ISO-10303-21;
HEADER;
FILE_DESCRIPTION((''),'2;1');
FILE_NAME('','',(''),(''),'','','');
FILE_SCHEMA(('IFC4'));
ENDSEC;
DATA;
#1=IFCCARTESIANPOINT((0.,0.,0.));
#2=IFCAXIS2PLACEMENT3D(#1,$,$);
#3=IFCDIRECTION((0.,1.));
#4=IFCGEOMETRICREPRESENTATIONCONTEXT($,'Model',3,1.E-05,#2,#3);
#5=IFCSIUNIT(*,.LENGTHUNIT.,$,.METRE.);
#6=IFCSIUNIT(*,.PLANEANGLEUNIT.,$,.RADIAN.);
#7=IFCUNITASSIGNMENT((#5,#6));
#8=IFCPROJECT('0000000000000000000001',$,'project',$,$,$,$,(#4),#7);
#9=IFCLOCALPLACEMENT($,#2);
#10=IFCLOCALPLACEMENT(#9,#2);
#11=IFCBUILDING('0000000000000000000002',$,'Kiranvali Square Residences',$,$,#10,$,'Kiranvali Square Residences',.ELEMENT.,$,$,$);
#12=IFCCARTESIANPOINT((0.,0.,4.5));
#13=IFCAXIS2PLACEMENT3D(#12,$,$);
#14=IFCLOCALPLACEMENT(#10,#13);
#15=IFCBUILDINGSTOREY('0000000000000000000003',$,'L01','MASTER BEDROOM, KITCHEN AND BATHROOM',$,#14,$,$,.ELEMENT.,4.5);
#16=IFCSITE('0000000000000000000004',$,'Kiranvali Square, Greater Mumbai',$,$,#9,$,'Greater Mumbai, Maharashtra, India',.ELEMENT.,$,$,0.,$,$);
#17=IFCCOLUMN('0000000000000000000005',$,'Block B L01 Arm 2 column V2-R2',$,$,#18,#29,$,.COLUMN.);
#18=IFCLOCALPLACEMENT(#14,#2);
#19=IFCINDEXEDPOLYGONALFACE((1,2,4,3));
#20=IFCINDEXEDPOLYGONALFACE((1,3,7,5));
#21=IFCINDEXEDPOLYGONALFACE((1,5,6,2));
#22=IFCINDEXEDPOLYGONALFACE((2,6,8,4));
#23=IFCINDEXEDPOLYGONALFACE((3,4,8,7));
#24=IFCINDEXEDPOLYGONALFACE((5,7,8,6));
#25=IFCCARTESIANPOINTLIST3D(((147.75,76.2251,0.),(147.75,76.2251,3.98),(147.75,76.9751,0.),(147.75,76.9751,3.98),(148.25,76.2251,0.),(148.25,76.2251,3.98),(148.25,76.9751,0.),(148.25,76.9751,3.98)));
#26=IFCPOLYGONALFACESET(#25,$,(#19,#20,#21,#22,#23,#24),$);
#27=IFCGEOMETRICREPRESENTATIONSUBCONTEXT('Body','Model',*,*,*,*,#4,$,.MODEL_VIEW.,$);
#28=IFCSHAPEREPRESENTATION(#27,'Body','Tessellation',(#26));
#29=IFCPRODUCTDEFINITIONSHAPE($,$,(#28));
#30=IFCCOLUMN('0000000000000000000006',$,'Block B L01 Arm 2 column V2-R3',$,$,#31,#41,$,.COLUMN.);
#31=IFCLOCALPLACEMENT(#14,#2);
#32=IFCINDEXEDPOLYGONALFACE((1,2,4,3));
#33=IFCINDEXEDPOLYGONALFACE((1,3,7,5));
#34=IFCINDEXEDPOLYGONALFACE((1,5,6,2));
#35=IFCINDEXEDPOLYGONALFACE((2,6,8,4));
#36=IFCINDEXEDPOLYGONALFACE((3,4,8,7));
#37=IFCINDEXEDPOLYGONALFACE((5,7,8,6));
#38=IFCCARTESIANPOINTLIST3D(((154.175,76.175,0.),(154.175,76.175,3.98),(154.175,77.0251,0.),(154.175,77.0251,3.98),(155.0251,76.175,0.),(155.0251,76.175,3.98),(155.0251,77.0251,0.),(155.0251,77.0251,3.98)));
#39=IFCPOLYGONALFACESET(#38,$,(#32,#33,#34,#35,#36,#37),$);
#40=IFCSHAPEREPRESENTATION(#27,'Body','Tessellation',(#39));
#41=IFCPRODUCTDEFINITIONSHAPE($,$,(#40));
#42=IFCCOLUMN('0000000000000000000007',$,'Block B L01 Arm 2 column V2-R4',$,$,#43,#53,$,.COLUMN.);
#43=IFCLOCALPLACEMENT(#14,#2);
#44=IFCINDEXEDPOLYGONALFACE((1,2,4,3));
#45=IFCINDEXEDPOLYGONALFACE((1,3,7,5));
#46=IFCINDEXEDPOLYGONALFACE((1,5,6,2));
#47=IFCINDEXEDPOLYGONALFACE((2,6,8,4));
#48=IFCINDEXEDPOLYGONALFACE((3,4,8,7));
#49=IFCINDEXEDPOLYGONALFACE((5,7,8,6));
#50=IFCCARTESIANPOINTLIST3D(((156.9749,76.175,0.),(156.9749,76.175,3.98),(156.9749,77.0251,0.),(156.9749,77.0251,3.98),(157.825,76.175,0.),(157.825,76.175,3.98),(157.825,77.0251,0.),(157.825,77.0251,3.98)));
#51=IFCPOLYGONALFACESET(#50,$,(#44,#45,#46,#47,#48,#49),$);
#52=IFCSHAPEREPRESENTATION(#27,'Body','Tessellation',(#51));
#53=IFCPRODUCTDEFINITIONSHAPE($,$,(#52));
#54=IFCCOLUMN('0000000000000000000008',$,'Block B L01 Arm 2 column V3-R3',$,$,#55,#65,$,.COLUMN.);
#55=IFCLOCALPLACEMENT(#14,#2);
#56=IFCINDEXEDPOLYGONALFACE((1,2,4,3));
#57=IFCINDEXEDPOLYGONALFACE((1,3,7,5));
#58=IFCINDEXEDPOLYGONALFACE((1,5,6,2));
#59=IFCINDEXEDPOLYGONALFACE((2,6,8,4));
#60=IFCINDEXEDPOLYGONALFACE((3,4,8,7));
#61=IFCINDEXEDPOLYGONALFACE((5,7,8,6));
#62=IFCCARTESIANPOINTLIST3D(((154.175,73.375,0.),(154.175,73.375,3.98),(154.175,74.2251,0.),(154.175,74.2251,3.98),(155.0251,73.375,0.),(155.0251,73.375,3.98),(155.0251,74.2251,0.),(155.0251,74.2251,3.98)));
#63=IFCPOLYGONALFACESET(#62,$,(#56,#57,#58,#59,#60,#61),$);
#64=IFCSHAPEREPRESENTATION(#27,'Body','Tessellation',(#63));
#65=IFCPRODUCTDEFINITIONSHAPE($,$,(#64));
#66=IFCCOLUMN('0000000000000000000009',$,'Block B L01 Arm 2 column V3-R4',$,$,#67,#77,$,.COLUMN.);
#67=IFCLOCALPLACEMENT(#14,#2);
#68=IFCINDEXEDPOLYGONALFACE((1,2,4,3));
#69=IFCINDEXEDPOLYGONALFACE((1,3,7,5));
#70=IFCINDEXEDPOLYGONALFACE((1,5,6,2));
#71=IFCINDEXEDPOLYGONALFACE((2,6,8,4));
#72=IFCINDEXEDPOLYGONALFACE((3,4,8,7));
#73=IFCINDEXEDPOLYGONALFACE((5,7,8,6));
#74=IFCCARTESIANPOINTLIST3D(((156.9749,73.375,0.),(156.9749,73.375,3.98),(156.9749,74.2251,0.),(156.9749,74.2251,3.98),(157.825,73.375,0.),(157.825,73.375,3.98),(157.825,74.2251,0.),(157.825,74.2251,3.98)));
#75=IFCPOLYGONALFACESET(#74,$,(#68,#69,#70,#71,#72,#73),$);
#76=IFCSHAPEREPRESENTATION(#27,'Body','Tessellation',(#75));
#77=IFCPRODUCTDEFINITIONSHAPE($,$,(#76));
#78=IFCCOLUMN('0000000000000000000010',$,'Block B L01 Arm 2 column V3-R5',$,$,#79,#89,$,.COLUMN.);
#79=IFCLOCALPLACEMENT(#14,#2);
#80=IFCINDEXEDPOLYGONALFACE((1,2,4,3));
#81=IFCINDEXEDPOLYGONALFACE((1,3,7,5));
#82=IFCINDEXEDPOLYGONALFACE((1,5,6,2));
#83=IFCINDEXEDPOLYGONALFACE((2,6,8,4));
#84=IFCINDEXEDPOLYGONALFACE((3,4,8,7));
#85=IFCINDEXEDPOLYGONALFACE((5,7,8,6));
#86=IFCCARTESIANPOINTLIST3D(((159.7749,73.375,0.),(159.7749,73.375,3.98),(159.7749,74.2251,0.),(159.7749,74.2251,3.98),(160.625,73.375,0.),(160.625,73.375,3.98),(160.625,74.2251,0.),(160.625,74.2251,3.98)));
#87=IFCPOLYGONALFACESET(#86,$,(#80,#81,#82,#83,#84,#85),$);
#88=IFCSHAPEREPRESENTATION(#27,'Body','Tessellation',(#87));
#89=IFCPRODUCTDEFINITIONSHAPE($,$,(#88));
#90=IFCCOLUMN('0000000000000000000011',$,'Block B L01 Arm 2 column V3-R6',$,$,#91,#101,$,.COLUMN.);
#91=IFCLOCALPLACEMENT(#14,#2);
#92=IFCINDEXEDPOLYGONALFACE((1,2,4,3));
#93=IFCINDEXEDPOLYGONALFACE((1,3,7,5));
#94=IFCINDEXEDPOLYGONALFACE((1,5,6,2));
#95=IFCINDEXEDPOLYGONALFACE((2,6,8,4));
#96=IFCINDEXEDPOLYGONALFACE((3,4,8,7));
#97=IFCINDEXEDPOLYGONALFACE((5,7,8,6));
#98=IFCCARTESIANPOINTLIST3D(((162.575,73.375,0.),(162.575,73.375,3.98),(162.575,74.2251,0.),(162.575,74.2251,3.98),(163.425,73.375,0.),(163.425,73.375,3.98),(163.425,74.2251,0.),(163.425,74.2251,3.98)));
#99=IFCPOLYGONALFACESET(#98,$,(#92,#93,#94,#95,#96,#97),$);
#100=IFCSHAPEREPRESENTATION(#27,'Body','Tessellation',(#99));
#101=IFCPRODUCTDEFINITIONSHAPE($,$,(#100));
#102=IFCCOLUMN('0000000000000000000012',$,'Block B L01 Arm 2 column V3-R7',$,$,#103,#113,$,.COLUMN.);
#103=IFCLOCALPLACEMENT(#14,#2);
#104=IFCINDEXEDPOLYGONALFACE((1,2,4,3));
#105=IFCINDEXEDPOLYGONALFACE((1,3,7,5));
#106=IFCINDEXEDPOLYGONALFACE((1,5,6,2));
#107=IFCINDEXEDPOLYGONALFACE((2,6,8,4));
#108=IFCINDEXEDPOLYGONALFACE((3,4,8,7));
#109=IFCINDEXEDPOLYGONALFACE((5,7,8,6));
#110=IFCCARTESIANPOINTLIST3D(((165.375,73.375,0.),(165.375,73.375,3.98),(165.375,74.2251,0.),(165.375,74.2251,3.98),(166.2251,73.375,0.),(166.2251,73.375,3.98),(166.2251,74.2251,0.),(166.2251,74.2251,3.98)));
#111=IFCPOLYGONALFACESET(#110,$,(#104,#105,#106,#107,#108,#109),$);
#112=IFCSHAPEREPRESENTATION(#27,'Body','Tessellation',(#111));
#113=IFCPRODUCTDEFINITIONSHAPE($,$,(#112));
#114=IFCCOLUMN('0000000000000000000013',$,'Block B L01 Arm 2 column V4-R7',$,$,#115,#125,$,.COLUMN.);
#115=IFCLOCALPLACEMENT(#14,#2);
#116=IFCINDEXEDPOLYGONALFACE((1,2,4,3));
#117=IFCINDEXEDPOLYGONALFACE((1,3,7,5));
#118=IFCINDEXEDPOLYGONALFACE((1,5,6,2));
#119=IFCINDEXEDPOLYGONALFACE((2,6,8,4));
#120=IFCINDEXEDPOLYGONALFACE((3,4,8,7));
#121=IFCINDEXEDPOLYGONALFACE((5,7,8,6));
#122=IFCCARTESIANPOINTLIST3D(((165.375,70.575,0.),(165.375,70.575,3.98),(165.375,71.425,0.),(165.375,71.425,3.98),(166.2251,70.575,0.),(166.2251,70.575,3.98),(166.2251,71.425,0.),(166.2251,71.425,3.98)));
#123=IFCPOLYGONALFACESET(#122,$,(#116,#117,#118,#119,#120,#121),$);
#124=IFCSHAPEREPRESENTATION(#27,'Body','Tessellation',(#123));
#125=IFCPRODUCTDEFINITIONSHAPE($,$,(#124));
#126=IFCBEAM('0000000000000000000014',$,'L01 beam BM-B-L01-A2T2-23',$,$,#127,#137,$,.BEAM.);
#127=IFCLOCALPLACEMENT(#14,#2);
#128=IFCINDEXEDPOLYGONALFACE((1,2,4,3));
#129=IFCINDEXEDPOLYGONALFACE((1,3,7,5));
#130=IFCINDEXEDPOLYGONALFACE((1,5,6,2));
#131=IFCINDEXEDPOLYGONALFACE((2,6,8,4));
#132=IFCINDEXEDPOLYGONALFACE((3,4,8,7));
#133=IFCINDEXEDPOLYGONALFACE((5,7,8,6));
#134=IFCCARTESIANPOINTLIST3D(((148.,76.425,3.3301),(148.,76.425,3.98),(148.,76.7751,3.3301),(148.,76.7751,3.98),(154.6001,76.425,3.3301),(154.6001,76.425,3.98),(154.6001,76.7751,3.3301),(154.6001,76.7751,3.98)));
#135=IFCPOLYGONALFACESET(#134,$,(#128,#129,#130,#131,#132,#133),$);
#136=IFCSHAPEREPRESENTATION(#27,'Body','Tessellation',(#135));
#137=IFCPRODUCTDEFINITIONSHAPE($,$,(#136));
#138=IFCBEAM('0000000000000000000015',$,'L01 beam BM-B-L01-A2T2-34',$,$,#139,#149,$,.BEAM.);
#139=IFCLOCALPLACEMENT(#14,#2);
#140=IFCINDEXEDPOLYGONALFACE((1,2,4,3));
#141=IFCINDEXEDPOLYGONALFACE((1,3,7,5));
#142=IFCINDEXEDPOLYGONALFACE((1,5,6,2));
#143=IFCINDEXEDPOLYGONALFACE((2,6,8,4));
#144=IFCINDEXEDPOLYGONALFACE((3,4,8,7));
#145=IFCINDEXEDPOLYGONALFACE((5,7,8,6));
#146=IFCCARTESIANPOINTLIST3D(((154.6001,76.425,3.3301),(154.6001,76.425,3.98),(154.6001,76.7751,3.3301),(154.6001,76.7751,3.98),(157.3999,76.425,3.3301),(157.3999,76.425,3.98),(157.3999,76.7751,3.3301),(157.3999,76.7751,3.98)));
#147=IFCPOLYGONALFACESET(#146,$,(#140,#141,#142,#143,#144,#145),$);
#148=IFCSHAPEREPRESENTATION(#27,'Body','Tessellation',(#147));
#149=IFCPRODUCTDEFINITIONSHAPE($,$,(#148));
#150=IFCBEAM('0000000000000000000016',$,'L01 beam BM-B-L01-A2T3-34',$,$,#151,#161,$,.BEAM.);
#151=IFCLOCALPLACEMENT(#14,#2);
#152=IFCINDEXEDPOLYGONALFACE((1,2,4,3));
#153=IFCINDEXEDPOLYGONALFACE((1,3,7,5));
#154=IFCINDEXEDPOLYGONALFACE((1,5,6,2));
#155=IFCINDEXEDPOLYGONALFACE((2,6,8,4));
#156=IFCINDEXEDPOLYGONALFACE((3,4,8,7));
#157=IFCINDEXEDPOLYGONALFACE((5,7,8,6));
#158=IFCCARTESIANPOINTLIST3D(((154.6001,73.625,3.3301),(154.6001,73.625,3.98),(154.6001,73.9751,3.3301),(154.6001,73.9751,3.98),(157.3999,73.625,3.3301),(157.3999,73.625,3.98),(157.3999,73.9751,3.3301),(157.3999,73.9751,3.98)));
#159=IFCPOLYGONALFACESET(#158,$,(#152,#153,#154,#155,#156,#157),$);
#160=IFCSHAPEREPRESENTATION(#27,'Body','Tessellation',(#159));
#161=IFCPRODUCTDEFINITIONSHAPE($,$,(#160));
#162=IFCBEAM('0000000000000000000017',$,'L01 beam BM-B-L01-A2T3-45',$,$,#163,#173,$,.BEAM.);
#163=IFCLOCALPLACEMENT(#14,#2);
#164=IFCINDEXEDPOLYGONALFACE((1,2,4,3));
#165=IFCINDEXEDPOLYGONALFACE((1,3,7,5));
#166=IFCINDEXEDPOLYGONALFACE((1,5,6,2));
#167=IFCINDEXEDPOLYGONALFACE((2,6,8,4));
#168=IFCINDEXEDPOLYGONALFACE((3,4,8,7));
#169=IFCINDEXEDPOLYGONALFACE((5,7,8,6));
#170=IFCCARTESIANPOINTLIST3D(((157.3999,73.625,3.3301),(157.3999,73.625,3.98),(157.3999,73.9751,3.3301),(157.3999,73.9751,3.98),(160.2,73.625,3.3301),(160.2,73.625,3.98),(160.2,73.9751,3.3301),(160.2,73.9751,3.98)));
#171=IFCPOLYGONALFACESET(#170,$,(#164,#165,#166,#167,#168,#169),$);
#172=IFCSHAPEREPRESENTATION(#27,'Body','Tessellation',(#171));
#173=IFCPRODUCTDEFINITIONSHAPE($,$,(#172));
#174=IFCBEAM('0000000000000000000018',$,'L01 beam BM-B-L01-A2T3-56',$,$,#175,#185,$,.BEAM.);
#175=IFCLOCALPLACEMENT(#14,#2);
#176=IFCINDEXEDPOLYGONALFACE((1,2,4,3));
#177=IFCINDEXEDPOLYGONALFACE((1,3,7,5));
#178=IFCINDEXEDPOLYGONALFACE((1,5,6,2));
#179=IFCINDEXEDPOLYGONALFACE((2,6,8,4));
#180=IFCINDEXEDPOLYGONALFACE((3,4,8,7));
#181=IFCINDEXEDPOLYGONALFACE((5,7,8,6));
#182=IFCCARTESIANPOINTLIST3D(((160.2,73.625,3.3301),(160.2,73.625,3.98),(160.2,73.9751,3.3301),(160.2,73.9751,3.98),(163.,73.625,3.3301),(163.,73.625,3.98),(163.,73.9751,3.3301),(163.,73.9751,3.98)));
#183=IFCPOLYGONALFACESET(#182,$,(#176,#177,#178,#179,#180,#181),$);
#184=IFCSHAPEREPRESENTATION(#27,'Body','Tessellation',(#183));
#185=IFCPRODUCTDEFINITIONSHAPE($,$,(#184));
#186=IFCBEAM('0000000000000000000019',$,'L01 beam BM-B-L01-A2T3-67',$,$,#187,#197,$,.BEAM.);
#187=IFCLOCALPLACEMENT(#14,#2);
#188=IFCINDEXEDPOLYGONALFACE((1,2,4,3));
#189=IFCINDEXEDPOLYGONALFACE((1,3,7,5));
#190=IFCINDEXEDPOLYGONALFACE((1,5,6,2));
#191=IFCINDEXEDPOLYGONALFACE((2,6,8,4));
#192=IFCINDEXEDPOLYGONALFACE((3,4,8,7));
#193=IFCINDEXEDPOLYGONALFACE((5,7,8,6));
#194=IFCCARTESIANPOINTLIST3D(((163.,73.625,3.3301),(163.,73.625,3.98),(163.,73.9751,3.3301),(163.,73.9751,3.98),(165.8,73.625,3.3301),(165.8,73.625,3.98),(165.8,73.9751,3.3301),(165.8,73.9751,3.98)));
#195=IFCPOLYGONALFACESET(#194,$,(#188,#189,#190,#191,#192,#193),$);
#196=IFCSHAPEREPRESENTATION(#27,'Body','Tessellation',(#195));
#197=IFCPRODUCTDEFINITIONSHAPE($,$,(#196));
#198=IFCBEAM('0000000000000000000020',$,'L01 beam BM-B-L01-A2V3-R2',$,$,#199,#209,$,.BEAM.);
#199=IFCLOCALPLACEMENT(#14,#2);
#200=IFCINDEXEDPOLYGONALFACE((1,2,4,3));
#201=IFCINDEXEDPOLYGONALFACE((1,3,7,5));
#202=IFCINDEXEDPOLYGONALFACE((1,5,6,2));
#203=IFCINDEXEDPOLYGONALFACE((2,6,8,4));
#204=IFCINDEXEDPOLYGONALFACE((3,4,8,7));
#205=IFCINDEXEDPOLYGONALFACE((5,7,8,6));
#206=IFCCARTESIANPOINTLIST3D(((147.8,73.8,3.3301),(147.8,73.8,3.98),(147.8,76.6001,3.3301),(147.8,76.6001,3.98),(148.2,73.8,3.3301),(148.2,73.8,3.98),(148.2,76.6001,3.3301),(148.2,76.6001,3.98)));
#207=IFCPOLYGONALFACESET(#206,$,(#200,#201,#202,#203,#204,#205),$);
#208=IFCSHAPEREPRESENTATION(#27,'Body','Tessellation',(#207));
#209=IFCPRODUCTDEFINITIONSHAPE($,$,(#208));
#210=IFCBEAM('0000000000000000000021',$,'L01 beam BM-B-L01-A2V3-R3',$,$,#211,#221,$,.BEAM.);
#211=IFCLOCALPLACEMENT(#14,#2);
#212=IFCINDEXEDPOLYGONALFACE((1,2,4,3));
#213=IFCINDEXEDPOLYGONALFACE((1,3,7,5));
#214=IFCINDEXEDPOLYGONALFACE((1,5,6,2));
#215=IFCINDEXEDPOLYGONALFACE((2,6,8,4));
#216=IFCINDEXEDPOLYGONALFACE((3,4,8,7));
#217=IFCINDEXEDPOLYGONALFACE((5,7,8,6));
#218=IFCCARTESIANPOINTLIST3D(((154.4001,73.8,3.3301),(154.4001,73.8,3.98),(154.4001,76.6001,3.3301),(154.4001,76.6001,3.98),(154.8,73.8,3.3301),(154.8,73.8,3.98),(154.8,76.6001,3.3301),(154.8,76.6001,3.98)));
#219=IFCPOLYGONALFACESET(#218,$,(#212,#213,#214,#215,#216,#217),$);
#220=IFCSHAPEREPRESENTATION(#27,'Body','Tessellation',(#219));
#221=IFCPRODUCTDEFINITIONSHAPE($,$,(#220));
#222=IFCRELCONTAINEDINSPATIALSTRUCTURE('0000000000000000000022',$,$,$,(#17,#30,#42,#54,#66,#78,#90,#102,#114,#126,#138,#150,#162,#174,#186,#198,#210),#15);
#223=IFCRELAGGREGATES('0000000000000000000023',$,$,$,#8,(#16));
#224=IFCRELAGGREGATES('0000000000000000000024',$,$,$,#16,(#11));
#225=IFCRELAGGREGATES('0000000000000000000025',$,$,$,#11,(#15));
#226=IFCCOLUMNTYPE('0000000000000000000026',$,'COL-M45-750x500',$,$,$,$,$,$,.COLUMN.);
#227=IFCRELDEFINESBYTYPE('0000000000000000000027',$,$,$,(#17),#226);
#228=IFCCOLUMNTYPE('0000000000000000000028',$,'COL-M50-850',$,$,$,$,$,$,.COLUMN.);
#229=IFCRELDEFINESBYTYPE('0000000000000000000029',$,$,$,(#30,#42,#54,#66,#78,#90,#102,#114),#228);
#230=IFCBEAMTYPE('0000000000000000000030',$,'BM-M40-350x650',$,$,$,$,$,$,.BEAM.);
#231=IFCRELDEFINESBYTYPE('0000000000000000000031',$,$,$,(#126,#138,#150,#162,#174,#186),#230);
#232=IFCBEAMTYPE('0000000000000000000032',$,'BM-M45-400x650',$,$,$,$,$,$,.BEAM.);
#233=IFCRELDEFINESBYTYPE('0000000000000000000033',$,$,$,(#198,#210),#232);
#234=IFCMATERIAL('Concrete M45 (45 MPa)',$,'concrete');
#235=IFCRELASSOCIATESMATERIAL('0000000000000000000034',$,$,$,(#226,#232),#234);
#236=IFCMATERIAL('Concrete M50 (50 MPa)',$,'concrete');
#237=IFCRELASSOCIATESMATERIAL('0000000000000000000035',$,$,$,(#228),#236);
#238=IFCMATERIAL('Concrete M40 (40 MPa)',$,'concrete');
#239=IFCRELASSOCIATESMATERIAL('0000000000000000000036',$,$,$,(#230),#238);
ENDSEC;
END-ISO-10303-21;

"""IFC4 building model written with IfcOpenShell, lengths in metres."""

from ifc_helpers import new_model, si_unit, direction, frame, origin, origin_2d, place, context, subcontext, project, spatial, rectangle, extrude, material, material_profile, profile_set, type_object, element, save


model = new_model("IFC4")

# Units and contexts
model_context = context("Model", 3, precision=1e-05, world=origin(), true_north=direction((0.0, 1.0)))
body_context = subcontext(model_context, "Body", "Model", "MODEL_VIEW")
ifc_project = project(units=[si_unit("LENGTHUNIT", "METRE"), si_unit("PLANEANGLEUNIT", "RADIAN")], contexts=[model_context])

# Site, building, storey
site_placement = place(None, origin())
site = spatial("IfcSite", under=ifc_project, at=site_placement, Name="Kiranvali Square, Greater Mumbai", LongName="Greater Mumbai, Maharashtra, India", CompositionType="ELEMENT", RefElevation=0.0)
building_placement = place(site_placement, origin())
building = spatial("IfcBuilding", under=site, at=building_placement, Name="Kiranvali Square Residences", LongName="Kiranvali Square Residences", CompositionType="ELEMENT")
storey_placement = place(building_placement, frame((0.0, 0.0, 4.5)))
storey = spatial("IfcBuildingStorey", under=building, at=storey_placement, Name="L01", Description="MASTER BEDROOM, KITCHEN AND BATHROOM", CompositionType="ELEMENT", Elevation=4.5)

# Columns
ifc_material_1 = material(Name="Concrete M45 (45 MPa)", Category="concrete")
ifc_material_profile_1 = material_profile(ifc_material_1, rectangle(XDim=0.5, YDim=0.75, at=origin_2d()), Name="RC 750x500")
ifc_profile_set_1 = profile_set([ifc_material_profile_1], Name="Concrete M45 (45 MPa)")
column_type_1 = type_object("IfcColumnType", Name="COL-M45-750x500", PredefinedType="COLUMN", material=ifc_profile_set_1)
column_placement = place(storey_placement, frame((148.0, 76.6001, 0.0), z_axis=(0.0, 0.0, 1.0), x_axis=(1.0, 0.0, 0.0)))
element("IfcColumn", 1, at=column_placement, inside=storey, type_object=column_type_1, Name="Block B L01 Arm 2 column V2-R2", PredefinedType="COLUMN", context=body_context, shape_type="SweptSolid", body=[
    extrude(rectangle(XDim=0.5, YDim=0.75, at=origin_2d()), origin(), (0.0, 0.0, 1.0), 3.98),
])
ifc_material_2 = material(Name="Concrete M50 (50 MPa)", Category="concrete")
ifc_material_profile_2 = material_profile(ifc_material_2, rectangle(XDim=0.8501, YDim=0.8501, at=origin_2d()), Name="RC 850x850")
ifc_profile_set_2 = profile_set([ifc_material_profile_2], Name="Concrete M50 (50 MPa)")
column_type_2 = type_object("IfcColumnType", Name="COL-M50-850", PredefinedType="COLUMN", material=ifc_profile_set_2)
for number, where, z_axis, x_axis, name in (
    (2, (154.6001, 76.6001, 0.0), (0.0, 0.0, 1.0), (1.0, 0.0, 0.0), "Block B L01 Arm 2 column V2-R3"),
    (3, (157.3999, 76.6001, 0.0), (0.0, 0.0, 1.0), (1.0, 0.0, 0.0), "Block B L01 Arm 2 column V2-R4"),
    (4, (154.6001, 73.8, 0.0), (0.0, 0.0, 1.0), (1.0, 0.0, 0.0), "Block B L01 Arm 2 column V3-R3"),
    (5, (157.3999, 73.8, 0.0), (0.0, 0.0, 1.0), (1.0, 0.0, 0.0), "Block B L01 Arm 2 column V3-R4"),
    (6, (160.2, 73.8, 0.0), (0.0, 0.0, 1.0), (1.0, 0.0, 0.0), "Block B L01 Arm 2 column V3-R5"),
    (7, (163.0, 73.8, 0.0), (0.0, 0.0, 1.0), (1.0, 0.0, 0.0), "Block B L01 Arm 2 column V3-R6"),
    (8, (165.8, 73.8, 0.0), (0.0, 0.0, 1.0), (1.0, 0.0, 0.0), "Block B L01 Arm 2 column V3-R7"),
    (9, (165.8, 71.0, 0.0), (0.0, 0.0, 1.0), (1.0, 0.0, 0.0), "Block B L01 Arm 2 column V4-R7"),
):
    element("IfcColumn", number, at=place(storey_placement, frame(where, z_axis=z_axis, x_axis=x_axis)), inside=storey, type_object=column_type_2, Name=name, PredefinedType="COLUMN", context=body_context, shape_type="SweptSolid", body=[
        extrude(rectangle(XDim=0.8501, YDim=0.8501, at=origin_2d()), origin(), (0.0, 0.0, 1.0), 3.98),
    ])

# Beams
ifc_material_3 = material(Name="Concrete M40 (40 MPa)", Category="concrete")
ifc_material_profile_3 = material_profile(ifc_material_3, rectangle(XDim=0.3501, YDim=0.6499, at=origin_2d()), Name="RC 350x650")
ifc_profile_set_3 = profile_set([ifc_material_profile_3], Name="Concrete M40 (40 MPa)")
beam_type_1 = type_object("IfcBeamType", Name="BM-M40-350x650", PredefinedType="BEAM", material=ifc_profile_set_3)
beam_placement = place(storey_placement, frame((148.0, 76.6001, 3.655), z_axis=(1.0, 0.0, 0.0), x_axis=(0.0, 1.0, 0.0)))
element("IfcBeam", 10, at=beam_placement, inside=storey, type_object=beam_type_1, Name="L01 beam BM-B-L01-A2T2-23", PredefinedType="BEAM", context=body_context, shape_type="SweptSolid", body=[
    extrude(rectangle(XDim=0.3501, YDim=0.6499, at=origin_2d()), origin(), (0.0, 0.0, 1.0), 6.6001),
])
for number, where, z_axis, x_axis, name in (
    (11, (154.6001, 76.6001, 3.655), (1.0, 0.0, 0.0), (0.0, 1.0, 0.0), "L01 beam BM-B-L01-A2T2-34"),
    (12, (154.6001, 73.8, 3.655), (1.0, 0.0, 0.0), (0.0, 1.0, 0.0), "L01 beam BM-B-L01-A2T3-34"),
):
    element("IfcBeam", number, at=place(storey_placement, frame(where, z_axis=z_axis, x_axis=x_axis)), inside=storey, type_object=beam_type_1, Name=name, PredefinedType="BEAM", context=body_context, shape_type="SweptSolid", body=[
        extrude(rectangle(XDim=0.3501, YDim=0.6499, at=origin_2d()), origin(), (0.0, 0.0, 1.0), 2.7998),
    ])
for number, where, z_axis, x_axis, name in (
    (13, (157.3999, 73.8, 3.655), (1.0, 0.0, 0.0), (0.0, 1.0, 0.0), "L01 beam BM-B-L01-A2T3-45"),
    (14, (160.2, 73.8, 3.655), (1.0, 0.0, 0.0), (0.0, 1.0, 0.0), "L01 beam BM-B-L01-A2T3-56"),
    (15, (163.0, 73.8, 3.655), (1.0, 0.0, 0.0), (0.0, 1.0, 0.0), "L01 beam BM-B-L01-A2T3-67"),
):
    element("IfcBeam", number, at=place(storey_placement, frame(where, z_axis=z_axis, x_axis=x_axis)), inside=storey, type_object=beam_type_1, Name=name, PredefinedType="BEAM", context=body_context, shape_type="SweptSolid", body=[
        extrude(rectangle(XDim=0.3501, YDim=0.6499, at=origin_2d()), origin(), (0.0, 0.0, 1.0), 2.8),
    ])
ifc_material_profile_4 = material_profile(ifc_material_1, rectangle(XDim=0.3999, YDim=0.6499, at=origin_2d()), Name="RC 400x650")
ifc_profile_set_4 = profile_set([ifc_material_profile_4], Name="Concrete M45 (45 MPa)")
beam_type_2 = type_object("IfcBeamType", Name="BM-M45-400x650", PredefinedType="BEAM", material=ifc_profile_set_4)
for number, where, z_axis, x_axis, name in (
    (16, (148.0, 76.6001, 3.655), (0.0, -1.0, 0.0), (1.0, 0.0, 0.0), "L01 beam BM-B-L01-A2V3-R2"),
    (17, (154.6001, 76.6001, 3.655), (0.0, -1.0, 0.0), (1.0, 0.0, 0.0), "L01 beam BM-B-L01-A2V3-R3"),
):
    element("IfcBeam", number, at=place(storey_placement, frame(where, z_axis=z_axis, x_axis=x_axis)), inside=storey, type_object=beam_type_2, Name=name, PredefinedType="BEAM", context=body_context, shape_type="SweptSolid", body=[
        extrude(rectangle(XDim=0.3999, YDim=0.6499, at=origin_2d()), origin(), (0.0, 0.0, 1.0), 2.8),
    ])

save(model, "model.ifc")
